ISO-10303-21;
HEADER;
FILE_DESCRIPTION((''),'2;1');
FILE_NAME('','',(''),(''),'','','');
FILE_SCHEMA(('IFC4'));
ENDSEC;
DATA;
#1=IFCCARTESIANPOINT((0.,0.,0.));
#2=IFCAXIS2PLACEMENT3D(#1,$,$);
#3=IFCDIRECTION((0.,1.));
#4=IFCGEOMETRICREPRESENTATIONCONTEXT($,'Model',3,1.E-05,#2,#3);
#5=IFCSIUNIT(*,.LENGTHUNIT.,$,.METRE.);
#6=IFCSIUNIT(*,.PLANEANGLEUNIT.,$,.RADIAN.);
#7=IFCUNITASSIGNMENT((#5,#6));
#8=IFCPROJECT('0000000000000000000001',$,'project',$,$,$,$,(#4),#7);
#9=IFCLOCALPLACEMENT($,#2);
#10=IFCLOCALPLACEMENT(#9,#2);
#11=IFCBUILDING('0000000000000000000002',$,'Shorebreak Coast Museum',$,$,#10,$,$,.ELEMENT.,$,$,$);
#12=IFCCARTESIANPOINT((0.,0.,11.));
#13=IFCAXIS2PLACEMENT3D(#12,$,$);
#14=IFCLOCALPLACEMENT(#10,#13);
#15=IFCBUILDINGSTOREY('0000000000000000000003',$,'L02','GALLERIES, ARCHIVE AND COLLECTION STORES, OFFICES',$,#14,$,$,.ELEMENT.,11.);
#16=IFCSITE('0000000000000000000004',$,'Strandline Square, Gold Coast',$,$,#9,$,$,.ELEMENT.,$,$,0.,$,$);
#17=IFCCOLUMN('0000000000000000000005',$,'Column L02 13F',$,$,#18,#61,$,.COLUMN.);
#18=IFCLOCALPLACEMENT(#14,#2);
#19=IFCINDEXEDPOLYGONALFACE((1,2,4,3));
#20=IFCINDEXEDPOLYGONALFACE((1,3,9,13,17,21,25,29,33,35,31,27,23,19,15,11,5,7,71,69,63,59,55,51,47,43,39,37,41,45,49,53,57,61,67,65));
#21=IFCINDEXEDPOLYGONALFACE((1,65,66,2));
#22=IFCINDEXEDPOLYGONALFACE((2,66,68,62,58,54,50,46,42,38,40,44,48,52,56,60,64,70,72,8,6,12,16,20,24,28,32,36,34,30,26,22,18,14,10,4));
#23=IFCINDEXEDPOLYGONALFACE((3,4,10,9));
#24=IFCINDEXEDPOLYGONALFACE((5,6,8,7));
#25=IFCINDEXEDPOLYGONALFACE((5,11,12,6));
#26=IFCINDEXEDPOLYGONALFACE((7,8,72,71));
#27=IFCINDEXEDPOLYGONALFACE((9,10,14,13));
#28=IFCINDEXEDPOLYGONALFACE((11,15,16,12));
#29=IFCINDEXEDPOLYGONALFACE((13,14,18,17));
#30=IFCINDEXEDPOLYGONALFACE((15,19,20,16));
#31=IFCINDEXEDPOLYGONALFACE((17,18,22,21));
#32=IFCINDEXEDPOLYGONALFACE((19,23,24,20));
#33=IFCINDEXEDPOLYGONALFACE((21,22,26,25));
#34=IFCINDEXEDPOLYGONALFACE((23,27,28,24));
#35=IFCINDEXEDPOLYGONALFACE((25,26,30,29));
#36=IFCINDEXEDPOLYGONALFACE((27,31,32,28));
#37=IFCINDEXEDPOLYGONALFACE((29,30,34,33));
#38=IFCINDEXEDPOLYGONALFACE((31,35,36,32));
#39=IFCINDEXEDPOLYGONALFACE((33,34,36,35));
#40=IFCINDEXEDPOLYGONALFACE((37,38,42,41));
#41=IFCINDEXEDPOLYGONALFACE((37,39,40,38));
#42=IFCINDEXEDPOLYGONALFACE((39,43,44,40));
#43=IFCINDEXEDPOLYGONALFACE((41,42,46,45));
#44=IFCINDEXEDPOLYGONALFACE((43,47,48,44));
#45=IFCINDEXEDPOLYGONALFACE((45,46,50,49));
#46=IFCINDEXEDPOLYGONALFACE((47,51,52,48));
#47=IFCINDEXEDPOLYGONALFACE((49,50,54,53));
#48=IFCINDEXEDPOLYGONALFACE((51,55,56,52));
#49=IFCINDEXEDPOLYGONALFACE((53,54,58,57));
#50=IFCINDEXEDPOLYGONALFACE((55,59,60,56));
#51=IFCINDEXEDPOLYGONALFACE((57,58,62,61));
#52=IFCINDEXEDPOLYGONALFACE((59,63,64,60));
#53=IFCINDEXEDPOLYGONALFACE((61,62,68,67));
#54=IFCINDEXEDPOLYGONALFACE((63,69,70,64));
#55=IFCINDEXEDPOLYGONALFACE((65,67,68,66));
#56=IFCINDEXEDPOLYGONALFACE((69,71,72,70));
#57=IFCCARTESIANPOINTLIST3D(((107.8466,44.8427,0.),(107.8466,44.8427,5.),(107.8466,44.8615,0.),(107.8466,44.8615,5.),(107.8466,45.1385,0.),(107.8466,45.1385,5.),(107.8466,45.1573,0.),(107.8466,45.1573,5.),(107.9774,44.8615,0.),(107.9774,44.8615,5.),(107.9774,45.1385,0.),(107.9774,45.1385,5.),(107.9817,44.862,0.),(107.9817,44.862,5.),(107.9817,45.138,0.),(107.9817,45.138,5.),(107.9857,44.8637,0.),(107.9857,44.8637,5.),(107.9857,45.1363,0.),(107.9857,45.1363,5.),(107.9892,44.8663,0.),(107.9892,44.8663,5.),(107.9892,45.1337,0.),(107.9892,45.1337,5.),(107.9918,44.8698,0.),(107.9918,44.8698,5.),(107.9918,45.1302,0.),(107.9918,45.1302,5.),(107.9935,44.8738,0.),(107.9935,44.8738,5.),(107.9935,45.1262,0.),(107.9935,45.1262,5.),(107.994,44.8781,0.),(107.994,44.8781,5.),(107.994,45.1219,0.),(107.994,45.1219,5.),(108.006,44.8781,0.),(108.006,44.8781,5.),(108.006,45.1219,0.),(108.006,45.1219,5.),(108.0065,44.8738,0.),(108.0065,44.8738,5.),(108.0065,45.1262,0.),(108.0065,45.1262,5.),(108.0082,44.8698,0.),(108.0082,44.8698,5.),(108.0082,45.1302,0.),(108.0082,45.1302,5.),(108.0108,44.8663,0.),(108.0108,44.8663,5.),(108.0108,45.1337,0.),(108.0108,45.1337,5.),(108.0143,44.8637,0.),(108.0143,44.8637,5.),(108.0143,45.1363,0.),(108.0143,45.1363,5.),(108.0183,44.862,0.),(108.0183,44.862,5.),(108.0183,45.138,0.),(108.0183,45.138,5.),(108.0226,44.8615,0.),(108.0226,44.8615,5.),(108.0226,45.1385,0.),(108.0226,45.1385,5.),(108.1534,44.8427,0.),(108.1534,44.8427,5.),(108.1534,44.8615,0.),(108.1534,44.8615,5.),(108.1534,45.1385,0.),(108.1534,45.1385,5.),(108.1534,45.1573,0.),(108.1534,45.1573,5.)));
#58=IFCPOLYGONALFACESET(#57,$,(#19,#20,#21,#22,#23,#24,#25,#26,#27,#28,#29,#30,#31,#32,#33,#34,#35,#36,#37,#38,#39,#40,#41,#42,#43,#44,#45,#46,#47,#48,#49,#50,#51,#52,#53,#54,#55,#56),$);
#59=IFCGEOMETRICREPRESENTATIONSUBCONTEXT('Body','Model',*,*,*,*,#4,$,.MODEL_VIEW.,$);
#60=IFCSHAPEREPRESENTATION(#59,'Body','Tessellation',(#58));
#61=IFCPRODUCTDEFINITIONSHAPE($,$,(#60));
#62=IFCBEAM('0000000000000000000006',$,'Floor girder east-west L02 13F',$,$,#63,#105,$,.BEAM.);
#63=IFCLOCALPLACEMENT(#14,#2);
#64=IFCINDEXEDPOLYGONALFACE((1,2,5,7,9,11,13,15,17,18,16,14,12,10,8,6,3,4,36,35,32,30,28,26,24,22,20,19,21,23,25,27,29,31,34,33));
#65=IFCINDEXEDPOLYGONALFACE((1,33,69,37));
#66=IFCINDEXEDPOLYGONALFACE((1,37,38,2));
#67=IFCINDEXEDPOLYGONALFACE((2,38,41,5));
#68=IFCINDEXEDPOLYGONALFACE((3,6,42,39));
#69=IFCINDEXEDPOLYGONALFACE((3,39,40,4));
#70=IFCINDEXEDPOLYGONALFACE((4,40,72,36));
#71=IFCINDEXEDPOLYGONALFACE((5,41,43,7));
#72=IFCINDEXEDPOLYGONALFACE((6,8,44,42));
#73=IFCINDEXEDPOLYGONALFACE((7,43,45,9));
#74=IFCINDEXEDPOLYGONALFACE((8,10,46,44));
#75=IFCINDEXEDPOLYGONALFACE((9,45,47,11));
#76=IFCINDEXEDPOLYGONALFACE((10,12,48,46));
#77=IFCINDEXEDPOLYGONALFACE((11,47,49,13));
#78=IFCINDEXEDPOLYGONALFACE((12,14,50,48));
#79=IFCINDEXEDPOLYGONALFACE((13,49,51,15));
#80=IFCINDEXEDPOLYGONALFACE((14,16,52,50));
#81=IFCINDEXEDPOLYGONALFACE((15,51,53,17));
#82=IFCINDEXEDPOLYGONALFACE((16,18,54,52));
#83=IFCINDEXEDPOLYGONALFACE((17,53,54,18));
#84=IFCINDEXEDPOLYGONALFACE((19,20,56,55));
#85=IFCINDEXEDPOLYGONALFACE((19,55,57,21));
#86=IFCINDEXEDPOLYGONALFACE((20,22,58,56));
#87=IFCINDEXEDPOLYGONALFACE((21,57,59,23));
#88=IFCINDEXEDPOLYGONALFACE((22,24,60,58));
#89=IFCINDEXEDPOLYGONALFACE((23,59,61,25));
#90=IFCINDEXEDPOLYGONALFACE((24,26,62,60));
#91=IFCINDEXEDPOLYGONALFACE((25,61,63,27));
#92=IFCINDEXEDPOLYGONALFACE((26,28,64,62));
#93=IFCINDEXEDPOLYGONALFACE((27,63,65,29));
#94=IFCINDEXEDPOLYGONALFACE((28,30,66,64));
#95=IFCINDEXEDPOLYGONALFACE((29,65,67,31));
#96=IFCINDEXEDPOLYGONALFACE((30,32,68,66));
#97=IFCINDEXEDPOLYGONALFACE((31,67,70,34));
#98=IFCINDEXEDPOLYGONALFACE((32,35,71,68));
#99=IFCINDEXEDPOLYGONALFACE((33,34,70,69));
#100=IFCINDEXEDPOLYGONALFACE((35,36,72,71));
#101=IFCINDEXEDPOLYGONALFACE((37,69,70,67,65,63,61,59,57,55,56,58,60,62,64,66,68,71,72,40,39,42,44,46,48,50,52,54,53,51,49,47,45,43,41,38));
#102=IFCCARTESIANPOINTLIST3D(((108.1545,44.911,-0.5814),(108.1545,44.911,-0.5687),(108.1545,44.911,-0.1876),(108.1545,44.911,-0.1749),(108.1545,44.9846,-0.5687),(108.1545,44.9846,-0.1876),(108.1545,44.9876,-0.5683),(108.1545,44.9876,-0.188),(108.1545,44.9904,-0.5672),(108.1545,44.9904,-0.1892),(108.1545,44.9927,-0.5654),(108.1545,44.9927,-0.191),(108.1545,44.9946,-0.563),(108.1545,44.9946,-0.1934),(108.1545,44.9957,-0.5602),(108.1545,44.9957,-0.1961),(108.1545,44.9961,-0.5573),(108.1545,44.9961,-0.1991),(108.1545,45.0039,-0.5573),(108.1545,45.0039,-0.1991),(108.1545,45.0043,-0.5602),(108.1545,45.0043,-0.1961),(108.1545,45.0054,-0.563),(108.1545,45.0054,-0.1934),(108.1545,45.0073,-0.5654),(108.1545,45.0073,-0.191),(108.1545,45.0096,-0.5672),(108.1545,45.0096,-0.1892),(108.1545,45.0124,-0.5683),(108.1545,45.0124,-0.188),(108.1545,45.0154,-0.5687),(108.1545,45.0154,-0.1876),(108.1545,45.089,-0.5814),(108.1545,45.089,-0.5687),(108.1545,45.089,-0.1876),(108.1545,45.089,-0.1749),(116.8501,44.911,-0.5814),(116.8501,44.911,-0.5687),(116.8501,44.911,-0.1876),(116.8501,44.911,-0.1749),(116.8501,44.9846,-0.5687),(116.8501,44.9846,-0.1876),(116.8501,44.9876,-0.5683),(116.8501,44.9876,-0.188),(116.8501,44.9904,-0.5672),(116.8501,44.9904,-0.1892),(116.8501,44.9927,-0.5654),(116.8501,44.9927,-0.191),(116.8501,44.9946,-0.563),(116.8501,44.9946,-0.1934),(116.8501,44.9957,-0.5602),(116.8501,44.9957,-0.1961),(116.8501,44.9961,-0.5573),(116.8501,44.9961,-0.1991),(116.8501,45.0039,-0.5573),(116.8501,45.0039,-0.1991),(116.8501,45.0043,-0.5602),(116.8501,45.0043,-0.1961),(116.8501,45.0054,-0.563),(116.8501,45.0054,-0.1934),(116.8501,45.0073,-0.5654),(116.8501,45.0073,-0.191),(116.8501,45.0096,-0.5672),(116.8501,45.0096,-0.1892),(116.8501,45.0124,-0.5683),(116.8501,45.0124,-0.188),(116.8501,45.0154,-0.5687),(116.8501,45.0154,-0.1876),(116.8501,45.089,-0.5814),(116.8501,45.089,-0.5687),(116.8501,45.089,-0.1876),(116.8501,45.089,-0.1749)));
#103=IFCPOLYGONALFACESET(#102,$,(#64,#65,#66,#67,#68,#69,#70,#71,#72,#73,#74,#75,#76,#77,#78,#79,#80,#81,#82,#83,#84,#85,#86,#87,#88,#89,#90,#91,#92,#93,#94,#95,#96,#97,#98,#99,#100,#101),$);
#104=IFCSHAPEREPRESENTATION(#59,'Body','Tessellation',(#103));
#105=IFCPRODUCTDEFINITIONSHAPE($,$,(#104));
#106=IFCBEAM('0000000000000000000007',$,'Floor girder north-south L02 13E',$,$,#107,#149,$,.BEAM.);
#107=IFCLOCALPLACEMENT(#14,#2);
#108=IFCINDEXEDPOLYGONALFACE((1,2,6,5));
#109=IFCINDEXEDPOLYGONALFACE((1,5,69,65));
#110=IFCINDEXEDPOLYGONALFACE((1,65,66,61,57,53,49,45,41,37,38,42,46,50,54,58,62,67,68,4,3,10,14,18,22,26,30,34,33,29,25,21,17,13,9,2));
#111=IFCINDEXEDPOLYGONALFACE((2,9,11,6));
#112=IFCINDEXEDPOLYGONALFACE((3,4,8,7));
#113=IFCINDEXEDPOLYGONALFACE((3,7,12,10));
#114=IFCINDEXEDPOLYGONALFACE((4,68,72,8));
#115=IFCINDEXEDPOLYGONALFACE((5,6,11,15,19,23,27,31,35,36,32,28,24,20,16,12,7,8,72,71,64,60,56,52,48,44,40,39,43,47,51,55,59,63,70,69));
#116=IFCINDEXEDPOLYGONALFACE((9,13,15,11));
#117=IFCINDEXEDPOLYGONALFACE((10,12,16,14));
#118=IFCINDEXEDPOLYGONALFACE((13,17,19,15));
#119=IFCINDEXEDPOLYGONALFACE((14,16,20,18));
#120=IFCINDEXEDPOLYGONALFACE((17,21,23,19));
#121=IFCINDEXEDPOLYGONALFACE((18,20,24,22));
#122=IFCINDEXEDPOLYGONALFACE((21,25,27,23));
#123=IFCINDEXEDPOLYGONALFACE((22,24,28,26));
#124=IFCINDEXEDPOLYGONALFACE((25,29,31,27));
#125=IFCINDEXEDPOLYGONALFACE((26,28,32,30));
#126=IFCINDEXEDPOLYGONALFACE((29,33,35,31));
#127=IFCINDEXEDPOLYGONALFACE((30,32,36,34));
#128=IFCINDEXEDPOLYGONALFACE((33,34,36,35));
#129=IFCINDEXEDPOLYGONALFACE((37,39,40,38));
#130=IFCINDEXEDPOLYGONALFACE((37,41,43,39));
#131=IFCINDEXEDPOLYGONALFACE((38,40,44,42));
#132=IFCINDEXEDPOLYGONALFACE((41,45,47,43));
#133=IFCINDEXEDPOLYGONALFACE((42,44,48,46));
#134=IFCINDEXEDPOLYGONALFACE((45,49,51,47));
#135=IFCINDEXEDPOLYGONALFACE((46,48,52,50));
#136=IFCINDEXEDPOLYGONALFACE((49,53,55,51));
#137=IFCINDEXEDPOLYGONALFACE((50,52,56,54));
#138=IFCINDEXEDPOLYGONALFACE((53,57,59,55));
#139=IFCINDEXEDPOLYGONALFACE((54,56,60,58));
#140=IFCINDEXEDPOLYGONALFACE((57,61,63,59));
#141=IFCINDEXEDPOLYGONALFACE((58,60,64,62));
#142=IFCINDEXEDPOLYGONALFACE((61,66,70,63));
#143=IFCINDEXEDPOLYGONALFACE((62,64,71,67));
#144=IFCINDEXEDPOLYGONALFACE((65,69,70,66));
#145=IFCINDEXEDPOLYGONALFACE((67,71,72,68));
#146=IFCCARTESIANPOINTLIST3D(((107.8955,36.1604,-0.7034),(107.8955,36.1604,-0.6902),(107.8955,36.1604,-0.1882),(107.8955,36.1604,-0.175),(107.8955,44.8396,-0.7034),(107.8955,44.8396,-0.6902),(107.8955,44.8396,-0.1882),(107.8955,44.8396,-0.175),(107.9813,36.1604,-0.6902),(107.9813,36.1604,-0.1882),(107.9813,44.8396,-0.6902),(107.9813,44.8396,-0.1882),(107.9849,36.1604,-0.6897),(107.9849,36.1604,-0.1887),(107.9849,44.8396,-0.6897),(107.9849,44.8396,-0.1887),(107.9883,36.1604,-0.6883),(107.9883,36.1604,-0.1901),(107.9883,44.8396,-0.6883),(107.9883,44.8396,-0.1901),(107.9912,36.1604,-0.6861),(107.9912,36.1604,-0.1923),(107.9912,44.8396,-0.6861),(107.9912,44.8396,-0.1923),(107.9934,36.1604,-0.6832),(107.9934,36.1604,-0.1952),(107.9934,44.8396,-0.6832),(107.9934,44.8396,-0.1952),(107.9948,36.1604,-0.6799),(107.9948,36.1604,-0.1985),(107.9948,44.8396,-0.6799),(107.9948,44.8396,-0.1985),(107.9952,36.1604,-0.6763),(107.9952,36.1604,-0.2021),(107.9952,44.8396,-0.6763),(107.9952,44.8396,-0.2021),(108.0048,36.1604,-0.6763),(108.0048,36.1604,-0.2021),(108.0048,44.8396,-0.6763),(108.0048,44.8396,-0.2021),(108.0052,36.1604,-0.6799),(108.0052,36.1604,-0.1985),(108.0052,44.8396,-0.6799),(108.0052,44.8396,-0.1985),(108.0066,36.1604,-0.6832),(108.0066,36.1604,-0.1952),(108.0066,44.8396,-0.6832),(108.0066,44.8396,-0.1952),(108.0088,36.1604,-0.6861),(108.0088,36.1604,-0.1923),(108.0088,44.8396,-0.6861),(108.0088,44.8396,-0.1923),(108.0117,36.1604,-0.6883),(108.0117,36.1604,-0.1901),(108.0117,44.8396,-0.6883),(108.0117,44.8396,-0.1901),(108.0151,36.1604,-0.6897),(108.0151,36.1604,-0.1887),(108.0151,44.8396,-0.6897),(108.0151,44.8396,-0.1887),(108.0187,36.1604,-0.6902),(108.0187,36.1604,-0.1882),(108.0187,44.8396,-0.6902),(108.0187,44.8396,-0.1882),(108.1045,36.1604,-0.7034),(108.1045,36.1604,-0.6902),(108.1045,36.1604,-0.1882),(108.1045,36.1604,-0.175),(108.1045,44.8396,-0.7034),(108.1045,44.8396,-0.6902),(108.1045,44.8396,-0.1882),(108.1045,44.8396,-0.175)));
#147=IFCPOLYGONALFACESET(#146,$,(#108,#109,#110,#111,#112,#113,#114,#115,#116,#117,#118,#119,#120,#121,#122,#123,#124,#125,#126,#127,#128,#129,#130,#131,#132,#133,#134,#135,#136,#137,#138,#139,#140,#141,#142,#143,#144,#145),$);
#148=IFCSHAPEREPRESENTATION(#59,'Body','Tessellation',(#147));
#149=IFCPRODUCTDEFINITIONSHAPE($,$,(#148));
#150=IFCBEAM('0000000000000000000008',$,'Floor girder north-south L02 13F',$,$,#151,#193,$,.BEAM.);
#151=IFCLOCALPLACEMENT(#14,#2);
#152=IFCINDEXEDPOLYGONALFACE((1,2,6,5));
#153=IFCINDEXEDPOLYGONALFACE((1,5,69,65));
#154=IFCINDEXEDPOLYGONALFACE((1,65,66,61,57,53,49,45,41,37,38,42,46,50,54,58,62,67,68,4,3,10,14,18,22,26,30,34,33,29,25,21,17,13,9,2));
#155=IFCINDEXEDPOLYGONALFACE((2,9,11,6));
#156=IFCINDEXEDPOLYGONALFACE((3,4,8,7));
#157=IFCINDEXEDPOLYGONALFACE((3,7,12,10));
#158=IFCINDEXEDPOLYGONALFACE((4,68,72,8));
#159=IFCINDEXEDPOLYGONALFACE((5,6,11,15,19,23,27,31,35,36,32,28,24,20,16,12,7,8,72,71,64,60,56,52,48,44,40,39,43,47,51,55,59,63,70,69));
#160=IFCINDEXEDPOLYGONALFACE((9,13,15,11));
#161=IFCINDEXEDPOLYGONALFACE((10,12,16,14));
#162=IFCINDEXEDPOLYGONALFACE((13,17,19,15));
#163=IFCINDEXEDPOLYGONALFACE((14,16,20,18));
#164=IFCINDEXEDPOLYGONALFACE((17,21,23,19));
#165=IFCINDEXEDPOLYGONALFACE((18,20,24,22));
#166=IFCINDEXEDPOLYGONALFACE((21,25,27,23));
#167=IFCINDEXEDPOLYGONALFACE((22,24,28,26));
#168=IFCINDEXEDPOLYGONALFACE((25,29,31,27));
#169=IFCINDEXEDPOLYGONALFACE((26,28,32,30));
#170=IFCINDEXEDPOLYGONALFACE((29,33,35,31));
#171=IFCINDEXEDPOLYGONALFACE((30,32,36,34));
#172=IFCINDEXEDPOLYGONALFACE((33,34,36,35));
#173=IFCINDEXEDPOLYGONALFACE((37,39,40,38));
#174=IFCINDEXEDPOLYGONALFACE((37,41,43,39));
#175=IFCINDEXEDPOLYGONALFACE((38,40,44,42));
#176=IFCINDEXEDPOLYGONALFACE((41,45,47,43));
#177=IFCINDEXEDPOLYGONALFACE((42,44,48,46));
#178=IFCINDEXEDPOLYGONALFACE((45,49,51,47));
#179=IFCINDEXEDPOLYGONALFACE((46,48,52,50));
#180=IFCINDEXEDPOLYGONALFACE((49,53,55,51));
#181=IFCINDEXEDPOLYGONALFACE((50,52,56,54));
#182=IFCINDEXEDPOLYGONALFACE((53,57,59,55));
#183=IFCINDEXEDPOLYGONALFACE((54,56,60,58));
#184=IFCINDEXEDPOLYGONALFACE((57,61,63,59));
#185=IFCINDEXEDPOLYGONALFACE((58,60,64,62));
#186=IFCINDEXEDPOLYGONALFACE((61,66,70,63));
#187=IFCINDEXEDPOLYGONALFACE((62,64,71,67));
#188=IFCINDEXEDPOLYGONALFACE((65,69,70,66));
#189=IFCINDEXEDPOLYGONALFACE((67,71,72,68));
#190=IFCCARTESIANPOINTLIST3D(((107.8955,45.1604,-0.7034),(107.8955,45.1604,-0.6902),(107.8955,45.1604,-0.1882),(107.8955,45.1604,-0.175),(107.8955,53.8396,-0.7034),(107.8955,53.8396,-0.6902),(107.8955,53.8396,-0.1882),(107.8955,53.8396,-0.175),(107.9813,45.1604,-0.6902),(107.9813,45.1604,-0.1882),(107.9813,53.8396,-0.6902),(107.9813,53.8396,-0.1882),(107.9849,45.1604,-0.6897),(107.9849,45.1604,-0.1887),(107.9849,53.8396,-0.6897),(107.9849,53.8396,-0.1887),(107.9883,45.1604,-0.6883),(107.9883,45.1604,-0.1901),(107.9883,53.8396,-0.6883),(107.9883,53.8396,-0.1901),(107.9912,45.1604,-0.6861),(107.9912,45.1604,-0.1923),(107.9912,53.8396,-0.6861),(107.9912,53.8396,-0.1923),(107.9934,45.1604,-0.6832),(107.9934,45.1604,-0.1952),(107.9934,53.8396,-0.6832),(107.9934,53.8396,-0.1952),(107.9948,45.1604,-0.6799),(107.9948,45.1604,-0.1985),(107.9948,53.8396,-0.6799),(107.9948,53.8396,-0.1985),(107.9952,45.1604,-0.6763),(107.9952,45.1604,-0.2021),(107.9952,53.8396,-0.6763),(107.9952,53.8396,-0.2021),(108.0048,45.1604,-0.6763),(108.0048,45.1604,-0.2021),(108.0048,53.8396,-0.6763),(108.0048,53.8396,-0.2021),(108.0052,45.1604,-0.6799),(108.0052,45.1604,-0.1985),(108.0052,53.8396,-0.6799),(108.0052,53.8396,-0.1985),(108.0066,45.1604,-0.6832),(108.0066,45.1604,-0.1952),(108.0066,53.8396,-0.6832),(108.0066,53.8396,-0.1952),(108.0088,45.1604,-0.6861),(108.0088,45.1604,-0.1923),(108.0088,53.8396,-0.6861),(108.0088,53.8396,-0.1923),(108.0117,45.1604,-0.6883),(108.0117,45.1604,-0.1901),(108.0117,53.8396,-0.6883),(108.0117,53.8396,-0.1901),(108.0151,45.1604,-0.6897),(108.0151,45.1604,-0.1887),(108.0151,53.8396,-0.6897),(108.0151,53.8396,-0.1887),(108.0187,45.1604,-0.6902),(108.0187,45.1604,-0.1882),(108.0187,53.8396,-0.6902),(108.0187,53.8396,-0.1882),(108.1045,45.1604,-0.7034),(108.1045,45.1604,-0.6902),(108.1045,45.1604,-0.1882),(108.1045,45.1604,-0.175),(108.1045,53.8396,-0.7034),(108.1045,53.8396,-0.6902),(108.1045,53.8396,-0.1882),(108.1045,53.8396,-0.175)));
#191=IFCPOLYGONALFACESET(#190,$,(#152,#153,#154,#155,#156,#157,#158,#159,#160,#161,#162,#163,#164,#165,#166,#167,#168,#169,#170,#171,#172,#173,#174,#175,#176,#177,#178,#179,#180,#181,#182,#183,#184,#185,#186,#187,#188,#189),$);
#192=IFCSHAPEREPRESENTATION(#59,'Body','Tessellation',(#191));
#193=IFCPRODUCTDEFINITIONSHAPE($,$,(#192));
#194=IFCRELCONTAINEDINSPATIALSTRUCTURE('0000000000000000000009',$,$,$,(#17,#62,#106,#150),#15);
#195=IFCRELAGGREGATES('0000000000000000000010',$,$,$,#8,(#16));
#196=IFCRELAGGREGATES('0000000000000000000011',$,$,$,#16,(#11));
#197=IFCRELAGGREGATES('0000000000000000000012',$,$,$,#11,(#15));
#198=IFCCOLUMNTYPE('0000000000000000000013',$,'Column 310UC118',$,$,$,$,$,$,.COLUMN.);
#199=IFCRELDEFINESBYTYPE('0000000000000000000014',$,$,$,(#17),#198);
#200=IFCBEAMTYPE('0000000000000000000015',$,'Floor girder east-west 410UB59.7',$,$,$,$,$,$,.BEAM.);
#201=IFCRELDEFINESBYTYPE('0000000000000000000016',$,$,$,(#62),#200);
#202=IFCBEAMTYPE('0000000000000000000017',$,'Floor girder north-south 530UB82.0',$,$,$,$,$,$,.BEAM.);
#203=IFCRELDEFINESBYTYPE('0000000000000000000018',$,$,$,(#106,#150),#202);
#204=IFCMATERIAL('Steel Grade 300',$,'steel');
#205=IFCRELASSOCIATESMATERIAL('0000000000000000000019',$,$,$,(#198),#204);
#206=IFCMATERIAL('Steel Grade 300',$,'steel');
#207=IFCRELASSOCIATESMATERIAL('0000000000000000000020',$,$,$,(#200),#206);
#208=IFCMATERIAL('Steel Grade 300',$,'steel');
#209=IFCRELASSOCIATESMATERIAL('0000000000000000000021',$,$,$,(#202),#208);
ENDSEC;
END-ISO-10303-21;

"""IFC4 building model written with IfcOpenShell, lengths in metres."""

from ifc_helpers import new_model, si_unit, direction, frame, origin, origin_2d, place, context, subcontext, project, spatial, i_section, extrude, material, material_profile, profile_set, type_object, element, save


model = new_model("IFC4")

# Units and contexts
model_context = context("Model", 3, precision=1e-05, world=origin(), true_north=direction((0.0, 1.0)))
body_context = subcontext(model_context, "Body", "Model", "MODEL_VIEW")
ifc_project = project(units=[si_unit("LENGTHUNIT", "METRE"), si_unit("PLANEANGLEUNIT", "RADIAN")], contexts=[model_context])

# Site, building, storey
site_placement = place(None, origin())
site = spatial("IfcSite", under=ifc_project, at=site_placement, Name="Strandline Square, Gold Coast", CompositionType="ELEMENT", RefElevation=0.0)
building_placement = place(site_placement, origin())
building = spatial("IfcBuilding", under=site, at=building_placement, Name="Shorebreak Coast Museum", CompositionType="ELEMENT")
storey_placement = place(building_placement, frame((0.0, 0.0, 11.0)))
storey = spatial("IfcBuildingStorey", under=building, at=storey_placement, Name="L02", Description="GALLERIES, ARCHIVE AND COLLECTION STORES, OFFICES", CompositionType="ELEMENT", Elevation=11.0)

# Column
ifc_material_1 = material(Name="Steel Grade 300", Category="steel")
ifc_material_profile_1 = material_profile(ifc_material_1, i_section(OverallWidth=0.3069, OverallDepth=0.3147, WebThickness=0.012, FlangeThickness=0.0188, FilletRadius=0.0166, at=origin_2d()), Name="310UC118")
ifc_profile_set_1 = profile_set([ifc_material_profile_1], Name="Steel Grade 300")
column_type = type_object("IfcColumnType", Name="Column 310UC118", PredefinedType="COLUMN", material=ifc_profile_set_1)
column_placement = place(storey_placement, frame((108.0, 45.0, 0.0), z_axis=(0.0, 0.0, 1.0), x_axis=(1.0, 0.0, 0.0)))
element("IfcColumn", 1, at=column_placement, inside=storey, type_object=column_type, Name="Column L02 13F", PredefinedType="COLUMN", context=body_context, shape_type="SweptSolid", body=[
    extrude(i_section(OverallWidth=0.3069, OverallDepth=0.3147, WebThickness=0.012, FlangeThickness=0.0188, FilletRadius=0.0166, at=origin_2d()), origin(), (0.0, 0.0, 1.0), 5.0),
])

# Beams
ifc_material_2 = material(Name="Steel Grade 300", Category="steel")
ifc_material_profile_2 = material_profile(ifc_material_2, i_section(OverallWidth=0.178, OverallDepth=0.4065, WebThickness=0.0078, FlangeThickness=0.0127, FilletRadius=0.0115, at=origin_2d()), Name="410UB59.7")
ifc_profile_set_2 = profile_set([ifc_material_profile_2], Name="Steel Grade 300")
beam_type_1 = type_object("IfcBeamType", Name="Floor girder east-west 410UB59.7", PredefinedType="BEAM", material=ifc_profile_set_2)
beam_1_placement = place(storey_placement, frame((108.1545, 45.0, -0.3782), z_axis=(1.0, 0.0, 0.0), x_axis=(0.0, 1.0, 0.0)))
element("IfcBeam", 2, at=beam_1_placement, inside=storey, type_object=beam_type_1, Name="Floor girder east-west L02 13F", PredefinedType="BEAM", context=body_context, shape_type="SweptSolid", body=[
    extrude(i_section(OverallWidth=0.178, OverallDepth=0.4065, WebThickness=0.0078, FlangeThickness=0.0127, FilletRadius=0.0115, at=origin_2d()), origin(), (0.0, 0.0, 1.0), 8.6956),
])
ifc_material_3 = material(Name="Steel Grade 300", Category="steel")
ifc_material_profile_3 = material_profile(ifc_material_3, i_section(OverallWidth=0.209, OverallDepth=0.5283, WebThickness=0.0095, FlangeThickness=0.0132, FilletRadius=0.0139, at=origin_2d()), Name="530UB82.0")
ifc_profile_set_3 = profile_set([ifc_material_profile_3], Name="Steel Grade 300")
beam_type_2 = type_object("IfcBeamType", Name="Floor girder north-south 530UB82.0", PredefinedType="BEAM", material=ifc_profile_set_3)
for number, where, z_axis, x_axis, name in (
    (3, (108.0, 36.1604, -0.4392), (0.0, 1.0, 0.0), (-1.0, 0.0, 0.0), "Floor girder north-south L02 13E"),
    (4, (108.0, 45.1604, -0.4392), (0.0, 1.0, 0.0), (-1.0, 0.0, 0.0), "Floor girder north-south L02 13F"),
):
    element("IfcBeam", number, at=place(storey_placement, frame(where, z_axis=z_axis, x_axis=x_axis)), inside=storey, type_object=beam_type_2, Name=name, PredefinedType="BEAM", context=body_context, shape_type="SweptSolid", body=[
        extrude(i_section(OverallWidth=0.209, OverallDepth=0.5283, WebThickness=0.0095, FlangeThickness=0.0132, FilletRadius=0.0139, at=origin_2d()), origin(), (0.0, 0.0, 1.0), 8.6792),
    ])

save(model, "model.ifc")
